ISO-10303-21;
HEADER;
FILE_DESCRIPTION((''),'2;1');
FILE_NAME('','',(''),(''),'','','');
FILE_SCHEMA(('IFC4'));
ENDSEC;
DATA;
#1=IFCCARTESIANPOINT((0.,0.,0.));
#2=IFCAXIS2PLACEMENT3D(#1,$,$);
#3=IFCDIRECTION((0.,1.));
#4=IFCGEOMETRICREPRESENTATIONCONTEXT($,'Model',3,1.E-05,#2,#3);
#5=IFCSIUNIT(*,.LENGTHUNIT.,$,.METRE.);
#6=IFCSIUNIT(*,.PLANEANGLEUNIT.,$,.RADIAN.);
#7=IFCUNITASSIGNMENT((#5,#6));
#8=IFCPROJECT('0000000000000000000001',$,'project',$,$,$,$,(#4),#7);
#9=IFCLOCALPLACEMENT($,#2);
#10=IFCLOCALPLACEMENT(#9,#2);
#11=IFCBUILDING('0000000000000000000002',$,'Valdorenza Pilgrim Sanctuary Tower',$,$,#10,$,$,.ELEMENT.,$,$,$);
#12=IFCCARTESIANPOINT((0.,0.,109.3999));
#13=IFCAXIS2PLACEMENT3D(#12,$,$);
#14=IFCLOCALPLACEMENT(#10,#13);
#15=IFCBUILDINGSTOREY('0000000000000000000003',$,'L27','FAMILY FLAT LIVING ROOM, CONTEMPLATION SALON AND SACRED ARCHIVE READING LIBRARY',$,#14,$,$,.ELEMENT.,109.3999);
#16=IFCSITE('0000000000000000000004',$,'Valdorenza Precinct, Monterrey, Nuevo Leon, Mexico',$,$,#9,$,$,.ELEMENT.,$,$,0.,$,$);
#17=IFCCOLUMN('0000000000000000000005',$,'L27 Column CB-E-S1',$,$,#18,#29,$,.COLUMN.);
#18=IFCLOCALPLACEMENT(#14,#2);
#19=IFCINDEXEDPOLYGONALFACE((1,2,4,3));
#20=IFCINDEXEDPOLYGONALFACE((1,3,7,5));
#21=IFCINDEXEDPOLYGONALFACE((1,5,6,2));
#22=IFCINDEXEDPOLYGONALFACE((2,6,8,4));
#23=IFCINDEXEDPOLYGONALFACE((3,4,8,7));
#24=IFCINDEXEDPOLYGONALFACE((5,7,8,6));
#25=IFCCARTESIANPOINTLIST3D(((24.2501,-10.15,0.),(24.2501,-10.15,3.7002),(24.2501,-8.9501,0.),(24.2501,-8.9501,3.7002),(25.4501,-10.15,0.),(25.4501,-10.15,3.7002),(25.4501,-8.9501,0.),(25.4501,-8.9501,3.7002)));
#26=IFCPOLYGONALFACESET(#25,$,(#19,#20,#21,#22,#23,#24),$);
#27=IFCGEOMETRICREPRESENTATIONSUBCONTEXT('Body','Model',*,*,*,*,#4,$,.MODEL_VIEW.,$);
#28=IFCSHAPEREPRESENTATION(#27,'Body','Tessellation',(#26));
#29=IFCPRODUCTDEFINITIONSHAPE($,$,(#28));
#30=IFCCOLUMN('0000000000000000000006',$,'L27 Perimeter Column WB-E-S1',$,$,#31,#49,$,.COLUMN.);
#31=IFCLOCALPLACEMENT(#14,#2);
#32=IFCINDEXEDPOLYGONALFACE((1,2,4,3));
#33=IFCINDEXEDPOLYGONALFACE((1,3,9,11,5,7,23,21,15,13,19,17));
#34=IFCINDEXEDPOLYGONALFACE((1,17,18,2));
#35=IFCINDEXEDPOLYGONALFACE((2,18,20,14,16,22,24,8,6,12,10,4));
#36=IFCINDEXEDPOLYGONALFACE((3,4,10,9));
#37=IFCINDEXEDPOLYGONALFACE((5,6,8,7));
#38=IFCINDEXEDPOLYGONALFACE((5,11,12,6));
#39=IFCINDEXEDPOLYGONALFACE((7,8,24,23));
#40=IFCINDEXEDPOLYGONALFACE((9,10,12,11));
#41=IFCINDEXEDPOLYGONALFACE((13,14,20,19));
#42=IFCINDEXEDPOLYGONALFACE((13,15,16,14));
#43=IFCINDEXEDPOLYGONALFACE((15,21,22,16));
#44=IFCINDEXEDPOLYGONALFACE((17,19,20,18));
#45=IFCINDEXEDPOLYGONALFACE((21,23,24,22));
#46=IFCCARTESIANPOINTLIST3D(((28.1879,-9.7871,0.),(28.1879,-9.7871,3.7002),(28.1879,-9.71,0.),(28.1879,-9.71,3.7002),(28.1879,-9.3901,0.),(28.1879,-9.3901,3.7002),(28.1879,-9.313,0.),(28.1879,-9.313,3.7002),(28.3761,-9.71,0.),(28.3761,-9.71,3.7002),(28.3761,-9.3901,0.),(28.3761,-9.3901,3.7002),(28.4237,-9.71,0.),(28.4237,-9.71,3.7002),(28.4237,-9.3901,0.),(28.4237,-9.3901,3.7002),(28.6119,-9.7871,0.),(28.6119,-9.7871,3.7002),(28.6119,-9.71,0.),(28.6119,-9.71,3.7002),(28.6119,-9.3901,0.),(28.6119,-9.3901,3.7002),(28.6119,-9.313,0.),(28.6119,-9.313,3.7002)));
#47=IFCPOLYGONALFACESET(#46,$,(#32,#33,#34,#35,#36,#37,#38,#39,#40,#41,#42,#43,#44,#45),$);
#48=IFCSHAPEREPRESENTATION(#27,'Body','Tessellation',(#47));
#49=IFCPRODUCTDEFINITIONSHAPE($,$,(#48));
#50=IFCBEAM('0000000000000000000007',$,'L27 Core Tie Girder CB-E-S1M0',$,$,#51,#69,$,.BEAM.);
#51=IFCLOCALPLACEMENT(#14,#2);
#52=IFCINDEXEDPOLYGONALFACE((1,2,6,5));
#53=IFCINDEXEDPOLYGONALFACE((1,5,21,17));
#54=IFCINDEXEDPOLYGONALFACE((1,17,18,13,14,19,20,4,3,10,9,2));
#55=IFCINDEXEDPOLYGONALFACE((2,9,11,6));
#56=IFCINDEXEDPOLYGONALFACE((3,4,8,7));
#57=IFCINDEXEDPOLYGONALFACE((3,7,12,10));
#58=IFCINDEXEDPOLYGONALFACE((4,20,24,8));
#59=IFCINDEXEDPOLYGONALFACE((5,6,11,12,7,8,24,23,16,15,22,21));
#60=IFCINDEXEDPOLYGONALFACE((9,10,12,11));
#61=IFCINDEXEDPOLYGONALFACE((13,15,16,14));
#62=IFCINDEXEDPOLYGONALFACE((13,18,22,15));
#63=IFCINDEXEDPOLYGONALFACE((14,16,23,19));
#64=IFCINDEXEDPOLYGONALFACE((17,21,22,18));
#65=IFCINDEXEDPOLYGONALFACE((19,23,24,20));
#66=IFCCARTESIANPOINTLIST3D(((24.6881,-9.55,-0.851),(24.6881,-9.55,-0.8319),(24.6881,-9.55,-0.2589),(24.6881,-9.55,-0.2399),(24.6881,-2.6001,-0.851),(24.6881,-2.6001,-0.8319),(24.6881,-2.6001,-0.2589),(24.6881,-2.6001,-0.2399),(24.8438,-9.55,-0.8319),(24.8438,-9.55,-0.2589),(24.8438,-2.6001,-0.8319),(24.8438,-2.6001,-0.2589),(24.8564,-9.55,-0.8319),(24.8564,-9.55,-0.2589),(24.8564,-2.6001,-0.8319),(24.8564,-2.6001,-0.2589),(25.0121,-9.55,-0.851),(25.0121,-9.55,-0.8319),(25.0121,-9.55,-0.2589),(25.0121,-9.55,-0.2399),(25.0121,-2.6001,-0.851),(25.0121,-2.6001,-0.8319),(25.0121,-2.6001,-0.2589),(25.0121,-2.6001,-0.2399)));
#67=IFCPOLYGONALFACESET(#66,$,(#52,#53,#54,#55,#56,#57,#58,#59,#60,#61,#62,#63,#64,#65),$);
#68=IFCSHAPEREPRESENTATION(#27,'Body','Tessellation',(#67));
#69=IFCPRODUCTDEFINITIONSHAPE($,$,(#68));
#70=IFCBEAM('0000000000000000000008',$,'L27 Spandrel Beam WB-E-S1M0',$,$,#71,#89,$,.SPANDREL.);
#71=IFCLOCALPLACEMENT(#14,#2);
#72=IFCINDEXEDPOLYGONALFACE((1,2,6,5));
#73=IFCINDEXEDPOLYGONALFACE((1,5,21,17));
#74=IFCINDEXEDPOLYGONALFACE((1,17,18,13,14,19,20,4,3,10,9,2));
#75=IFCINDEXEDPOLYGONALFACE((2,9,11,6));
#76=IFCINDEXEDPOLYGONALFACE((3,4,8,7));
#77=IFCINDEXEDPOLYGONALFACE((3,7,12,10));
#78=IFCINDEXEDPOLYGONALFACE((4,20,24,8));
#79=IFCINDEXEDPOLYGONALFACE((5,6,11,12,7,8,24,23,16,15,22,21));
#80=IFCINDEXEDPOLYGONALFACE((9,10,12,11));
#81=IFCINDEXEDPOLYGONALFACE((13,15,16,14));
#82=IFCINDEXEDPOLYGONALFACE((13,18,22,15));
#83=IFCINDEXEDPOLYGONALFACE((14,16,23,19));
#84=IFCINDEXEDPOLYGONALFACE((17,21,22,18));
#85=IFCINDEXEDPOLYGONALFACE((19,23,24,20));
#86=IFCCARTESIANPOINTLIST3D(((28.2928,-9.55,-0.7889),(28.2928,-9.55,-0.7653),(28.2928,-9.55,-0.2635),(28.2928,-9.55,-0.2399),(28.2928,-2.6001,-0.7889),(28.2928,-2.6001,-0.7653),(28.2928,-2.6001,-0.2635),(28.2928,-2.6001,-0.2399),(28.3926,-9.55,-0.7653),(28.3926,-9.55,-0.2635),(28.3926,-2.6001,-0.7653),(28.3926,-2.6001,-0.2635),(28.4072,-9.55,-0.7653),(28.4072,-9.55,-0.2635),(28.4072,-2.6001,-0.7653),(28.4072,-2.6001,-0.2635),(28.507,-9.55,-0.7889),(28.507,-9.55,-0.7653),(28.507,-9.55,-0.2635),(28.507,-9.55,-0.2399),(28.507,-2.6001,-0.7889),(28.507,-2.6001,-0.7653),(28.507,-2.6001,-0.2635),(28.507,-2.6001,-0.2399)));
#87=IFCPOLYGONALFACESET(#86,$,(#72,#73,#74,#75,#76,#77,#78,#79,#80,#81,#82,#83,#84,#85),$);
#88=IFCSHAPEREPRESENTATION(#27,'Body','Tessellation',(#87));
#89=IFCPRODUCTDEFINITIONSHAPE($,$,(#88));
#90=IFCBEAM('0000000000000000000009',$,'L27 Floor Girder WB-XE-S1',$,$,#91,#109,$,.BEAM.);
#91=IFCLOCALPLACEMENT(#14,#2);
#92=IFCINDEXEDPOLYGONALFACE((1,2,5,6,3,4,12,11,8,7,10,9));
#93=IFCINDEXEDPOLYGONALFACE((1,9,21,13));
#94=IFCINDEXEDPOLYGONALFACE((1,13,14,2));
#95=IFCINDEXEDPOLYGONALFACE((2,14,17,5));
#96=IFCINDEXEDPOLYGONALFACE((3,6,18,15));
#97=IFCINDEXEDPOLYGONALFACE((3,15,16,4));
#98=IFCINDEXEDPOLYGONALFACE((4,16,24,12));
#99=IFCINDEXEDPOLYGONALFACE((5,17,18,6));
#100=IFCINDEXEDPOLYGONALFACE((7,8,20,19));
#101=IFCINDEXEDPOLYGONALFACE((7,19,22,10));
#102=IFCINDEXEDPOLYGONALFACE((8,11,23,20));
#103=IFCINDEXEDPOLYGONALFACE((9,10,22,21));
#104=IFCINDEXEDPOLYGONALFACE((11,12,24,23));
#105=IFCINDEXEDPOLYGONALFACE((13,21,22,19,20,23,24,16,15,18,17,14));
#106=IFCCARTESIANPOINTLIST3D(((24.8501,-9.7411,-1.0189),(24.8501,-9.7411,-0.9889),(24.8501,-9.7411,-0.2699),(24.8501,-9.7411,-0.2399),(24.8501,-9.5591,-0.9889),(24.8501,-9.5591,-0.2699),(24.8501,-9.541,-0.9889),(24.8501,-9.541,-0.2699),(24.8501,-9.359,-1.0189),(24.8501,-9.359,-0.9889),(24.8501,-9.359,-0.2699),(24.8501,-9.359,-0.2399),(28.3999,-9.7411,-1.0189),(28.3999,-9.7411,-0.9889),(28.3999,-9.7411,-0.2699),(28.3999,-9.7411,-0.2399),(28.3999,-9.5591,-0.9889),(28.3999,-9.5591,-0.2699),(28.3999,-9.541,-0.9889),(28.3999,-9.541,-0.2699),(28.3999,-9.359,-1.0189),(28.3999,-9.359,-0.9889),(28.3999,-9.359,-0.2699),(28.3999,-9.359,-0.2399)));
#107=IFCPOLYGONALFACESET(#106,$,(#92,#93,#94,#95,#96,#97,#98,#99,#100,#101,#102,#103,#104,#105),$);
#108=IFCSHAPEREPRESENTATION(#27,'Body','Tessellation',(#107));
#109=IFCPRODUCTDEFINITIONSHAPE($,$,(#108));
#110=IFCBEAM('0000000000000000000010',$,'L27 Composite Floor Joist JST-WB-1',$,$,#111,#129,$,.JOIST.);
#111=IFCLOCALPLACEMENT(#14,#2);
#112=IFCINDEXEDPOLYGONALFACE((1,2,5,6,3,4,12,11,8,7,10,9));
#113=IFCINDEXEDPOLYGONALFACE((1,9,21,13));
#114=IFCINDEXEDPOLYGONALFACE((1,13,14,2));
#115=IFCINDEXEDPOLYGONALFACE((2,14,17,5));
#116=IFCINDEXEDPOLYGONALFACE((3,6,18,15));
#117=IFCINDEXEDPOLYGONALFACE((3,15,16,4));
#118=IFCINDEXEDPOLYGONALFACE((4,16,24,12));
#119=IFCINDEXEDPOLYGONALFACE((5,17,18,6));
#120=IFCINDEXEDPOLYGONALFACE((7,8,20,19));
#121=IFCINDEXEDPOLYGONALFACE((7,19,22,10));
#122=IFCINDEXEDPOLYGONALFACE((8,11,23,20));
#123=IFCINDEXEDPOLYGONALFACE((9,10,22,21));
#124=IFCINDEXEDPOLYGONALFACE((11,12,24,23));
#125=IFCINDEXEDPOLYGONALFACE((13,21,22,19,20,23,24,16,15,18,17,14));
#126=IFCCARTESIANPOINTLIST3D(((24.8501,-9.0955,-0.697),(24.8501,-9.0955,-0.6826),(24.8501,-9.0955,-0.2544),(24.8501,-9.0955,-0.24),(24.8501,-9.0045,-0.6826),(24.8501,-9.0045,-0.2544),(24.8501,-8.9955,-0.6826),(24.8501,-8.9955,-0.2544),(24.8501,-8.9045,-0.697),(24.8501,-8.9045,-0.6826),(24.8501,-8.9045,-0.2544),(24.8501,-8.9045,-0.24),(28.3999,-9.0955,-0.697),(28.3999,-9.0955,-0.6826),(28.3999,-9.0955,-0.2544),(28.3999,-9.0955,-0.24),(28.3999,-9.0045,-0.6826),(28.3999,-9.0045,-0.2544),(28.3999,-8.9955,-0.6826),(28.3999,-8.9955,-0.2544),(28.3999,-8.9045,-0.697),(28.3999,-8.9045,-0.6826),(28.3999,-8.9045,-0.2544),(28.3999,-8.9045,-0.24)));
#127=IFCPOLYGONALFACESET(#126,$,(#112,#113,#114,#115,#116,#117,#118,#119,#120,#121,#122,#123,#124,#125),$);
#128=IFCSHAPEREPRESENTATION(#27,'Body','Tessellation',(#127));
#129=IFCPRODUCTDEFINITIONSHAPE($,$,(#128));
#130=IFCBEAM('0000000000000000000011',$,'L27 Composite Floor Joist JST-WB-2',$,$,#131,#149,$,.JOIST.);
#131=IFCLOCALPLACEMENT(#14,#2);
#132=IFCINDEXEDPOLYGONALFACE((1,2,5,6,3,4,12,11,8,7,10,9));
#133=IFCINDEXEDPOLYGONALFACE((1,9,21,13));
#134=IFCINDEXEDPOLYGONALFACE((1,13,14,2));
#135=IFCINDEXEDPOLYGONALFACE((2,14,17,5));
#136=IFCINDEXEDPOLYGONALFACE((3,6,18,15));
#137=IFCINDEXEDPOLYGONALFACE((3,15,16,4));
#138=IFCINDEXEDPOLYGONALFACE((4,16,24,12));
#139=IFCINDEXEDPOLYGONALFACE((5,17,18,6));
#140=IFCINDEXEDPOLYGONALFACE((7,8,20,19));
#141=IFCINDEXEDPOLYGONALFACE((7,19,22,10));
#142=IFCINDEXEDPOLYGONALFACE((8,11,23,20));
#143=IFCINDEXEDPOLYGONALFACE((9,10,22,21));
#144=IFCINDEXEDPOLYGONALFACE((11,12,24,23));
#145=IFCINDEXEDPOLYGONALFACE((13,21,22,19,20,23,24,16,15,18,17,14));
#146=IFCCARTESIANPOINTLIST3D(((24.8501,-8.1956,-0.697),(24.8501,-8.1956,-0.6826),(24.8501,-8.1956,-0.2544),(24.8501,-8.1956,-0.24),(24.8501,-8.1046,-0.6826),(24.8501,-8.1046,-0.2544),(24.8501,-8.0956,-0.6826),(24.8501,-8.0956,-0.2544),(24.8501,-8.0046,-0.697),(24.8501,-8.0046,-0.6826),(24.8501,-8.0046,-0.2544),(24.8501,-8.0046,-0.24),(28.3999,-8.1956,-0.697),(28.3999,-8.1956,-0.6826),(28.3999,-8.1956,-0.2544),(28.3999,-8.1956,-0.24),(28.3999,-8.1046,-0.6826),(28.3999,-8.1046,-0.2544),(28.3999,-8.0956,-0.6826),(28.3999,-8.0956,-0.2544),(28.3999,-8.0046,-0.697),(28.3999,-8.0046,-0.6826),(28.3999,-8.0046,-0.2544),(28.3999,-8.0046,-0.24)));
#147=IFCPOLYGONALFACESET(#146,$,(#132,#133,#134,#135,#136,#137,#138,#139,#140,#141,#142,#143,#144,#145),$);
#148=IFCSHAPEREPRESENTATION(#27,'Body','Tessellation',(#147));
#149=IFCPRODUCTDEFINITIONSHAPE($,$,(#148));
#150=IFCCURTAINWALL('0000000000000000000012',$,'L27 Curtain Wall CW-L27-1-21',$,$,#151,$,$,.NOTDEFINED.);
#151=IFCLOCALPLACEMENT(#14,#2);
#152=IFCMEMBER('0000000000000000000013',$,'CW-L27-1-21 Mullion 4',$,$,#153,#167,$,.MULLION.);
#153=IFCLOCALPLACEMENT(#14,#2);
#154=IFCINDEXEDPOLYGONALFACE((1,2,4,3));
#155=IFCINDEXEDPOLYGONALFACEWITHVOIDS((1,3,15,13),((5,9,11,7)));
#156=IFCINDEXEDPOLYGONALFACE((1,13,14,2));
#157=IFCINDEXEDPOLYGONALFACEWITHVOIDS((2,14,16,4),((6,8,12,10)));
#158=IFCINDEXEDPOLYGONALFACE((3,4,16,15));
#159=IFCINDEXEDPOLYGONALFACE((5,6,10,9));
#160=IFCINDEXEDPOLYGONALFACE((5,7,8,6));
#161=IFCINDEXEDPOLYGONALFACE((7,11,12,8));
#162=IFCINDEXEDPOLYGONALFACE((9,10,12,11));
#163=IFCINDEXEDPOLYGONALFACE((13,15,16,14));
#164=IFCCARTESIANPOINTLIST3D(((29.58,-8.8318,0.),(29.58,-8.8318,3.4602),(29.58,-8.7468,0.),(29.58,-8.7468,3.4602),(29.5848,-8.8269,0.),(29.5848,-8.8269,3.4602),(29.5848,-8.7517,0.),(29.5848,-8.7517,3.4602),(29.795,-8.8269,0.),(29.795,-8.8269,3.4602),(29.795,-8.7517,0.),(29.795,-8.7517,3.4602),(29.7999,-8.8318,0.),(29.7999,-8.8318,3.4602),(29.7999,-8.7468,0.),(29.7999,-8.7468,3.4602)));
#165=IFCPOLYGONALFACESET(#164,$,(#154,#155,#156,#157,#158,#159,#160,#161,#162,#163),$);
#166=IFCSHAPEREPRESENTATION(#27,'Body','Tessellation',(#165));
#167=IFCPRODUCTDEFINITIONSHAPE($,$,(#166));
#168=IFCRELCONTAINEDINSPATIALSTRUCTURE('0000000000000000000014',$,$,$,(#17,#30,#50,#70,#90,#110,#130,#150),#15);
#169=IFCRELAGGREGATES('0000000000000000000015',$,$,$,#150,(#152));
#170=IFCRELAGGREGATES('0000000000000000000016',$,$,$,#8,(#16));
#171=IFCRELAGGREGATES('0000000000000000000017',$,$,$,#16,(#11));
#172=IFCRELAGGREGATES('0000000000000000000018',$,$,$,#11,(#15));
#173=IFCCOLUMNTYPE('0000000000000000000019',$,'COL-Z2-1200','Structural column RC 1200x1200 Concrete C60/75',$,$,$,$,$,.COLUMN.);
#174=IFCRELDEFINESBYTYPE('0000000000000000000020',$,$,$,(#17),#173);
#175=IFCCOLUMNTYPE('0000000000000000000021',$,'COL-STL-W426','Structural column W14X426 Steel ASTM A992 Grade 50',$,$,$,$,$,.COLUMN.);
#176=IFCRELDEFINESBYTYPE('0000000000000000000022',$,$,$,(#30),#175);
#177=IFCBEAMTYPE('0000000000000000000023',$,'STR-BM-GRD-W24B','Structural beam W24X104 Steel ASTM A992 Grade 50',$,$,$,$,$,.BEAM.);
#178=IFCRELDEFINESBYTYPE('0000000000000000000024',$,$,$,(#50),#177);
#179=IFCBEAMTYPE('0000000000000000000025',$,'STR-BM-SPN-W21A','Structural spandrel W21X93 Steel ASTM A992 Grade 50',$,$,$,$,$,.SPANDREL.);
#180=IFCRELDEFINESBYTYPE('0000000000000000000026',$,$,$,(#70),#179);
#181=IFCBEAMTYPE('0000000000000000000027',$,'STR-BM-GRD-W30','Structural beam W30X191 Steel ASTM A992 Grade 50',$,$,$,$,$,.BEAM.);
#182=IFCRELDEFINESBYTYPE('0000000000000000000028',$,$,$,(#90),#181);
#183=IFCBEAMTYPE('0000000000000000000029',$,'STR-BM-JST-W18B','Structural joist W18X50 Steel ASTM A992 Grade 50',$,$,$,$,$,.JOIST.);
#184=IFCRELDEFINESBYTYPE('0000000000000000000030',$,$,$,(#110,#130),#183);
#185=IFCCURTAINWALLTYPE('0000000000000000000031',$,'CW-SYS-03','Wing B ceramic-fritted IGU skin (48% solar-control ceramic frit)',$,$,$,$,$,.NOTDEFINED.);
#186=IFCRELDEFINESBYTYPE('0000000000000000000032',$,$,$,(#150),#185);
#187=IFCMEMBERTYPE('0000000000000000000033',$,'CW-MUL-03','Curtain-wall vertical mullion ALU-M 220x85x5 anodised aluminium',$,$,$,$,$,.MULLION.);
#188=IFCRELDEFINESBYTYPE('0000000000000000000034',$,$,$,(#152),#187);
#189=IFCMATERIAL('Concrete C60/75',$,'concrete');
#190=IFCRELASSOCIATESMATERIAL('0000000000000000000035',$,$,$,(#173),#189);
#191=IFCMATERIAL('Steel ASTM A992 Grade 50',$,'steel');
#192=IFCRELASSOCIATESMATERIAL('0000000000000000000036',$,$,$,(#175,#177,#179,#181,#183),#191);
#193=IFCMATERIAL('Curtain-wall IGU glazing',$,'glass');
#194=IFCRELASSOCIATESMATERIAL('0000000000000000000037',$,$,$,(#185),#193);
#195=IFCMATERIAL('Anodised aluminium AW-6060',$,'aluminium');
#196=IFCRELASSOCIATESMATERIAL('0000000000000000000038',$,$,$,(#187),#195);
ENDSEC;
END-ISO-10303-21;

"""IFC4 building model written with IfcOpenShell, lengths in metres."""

from ifc_helpers import new_model, si_unit, direction, frame, origin, origin_2d, place, context, subcontext, project, spatial, rectangle, hollow_rectangle, i_section, extrude, source, transform, mapped, material, material_profile, profile_set, type_object, element, aggregate, save


model = new_model("IFC4")

# Units and contexts
model_context = context("Model", 3, precision=1e-05, world=origin(), true_north=direction((0.0, 1.0)))
body_context = subcontext(model_context, "Body", "Model", "MODEL_VIEW")
ifc_project = project(units=[si_unit("LENGTHUNIT", "METRE"), si_unit("PLANEANGLEUNIT", "RADIAN")], contexts=[model_context])

# Site, building, storey
site_placement = place(None, origin())
site = spatial("IfcSite", under=ifc_project, at=site_placement, Name="Valdorenza Precinct, Monterrey, Nuevo Leon, Mexico", CompositionType="ELEMENT", RefElevation=0.0)
building_placement = place(site_placement, origin())
building = spatial("IfcBuilding", under=site, at=building_placement, Name="Valdorenza Pilgrim Sanctuary Tower", CompositionType="ELEMENT")
storey_placement = place(building_placement, frame((0.0, 0.0, 109.3999)))
storey = spatial("IfcBuildingStorey", under=building, at=storey_placement, Name="L27", Description="FAMILY FLAT LIVING ROOM, CONTEMPLATION SALON AND SACRED ARCHIVE READING LIBRARY", CompositionType="ELEMENT", Elevation=109.3999)

# Columns
ifc_material_1 = material(Name="Concrete C60/75", Category="concrete")
ifc_material_profile_1 = material_profile(ifc_material_1, rectangle(XDim=1.2, YDim=1.2, at=origin_2d()), Name="RC 1200x1200")
ifc_profile_set_1 = profile_set([ifc_material_profile_1], Name="Concrete C60/75")
column_type_1 = type_object("IfcColumnType", Name="COL-Z2-1200", Description="Structural column RC 1200x1200 Concrete C60/75", PredefinedType="COLUMN", material=ifc_profile_set_1)
shared_shape_1 = source(origin(), body_context, "Body", "SweptSolid", [
    extrude(rectangle(XDim=1.2, YDim=1.2, at=origin_2d()), origin(), (0.0, 0.0, 1.0), 3.7002),
])
column_1_placement = place(storey_placement, frame((24.8501, -9.55, 0.0), z_axis=(0.0, 0.0, 1.0), x_axis=(1.0, 0.0, 0.0)))
element("IfcColumn", 1, at=column_1_placement, inside=storey, type_object=column_type_1, Name="L27 Column CB-E-S1", PredefinedType="COLUMN", context=body_context, shape_type="MappedRepresentation", body=[
    mapped(shared_shape_1, transform((0.0, 0.0, 0.0), x_axis=(1.0, 0.0, 0.0), y_axis=(0.0, 1.0, 0.0), z_axis=(0.0, 0.0, 1.0), scale=1.0)),
])
ifc_material_2 = material(Name="Steel ASTM A992 Grade 50", Category="steel")
ifc_material_profile_2 = material_profile(ifc_material_2, i_section(OverallWidth=0.4241, OverallDepth=0.4741, WebThickness=0.0476, FlangeThickness=0.0771, at=origin_2d()), Name="W14X426")
ifc_profile_set_2 = profile_set([ifc_material_profile_2], Name="Steel ASTM A992 Grade 50")
column_type_2 = type_object("IfcColumnType", Name="COL-STL-W426", Description="Structural column W14X426 Steel ASTM A992 Grade 50", PredefinedType="COLUMN", material=ifc_profile_set_2)
shared_shape_2 = source(origin(), body_context, "Body", "SweptSolid", [
    extrude(i_section(OverallWidth=0.4241, OverallDepth=0.4741, WebThickness=0.0476, FlangeThickness=0.0771, at=origin_2d()), origin(), (0.0, 0.0, 1.0), 3.7002),
])
column_2_placement = place(storey_placement, frame((28.3999, -9.55, 0.0), z_axis=(0.0, 0.0, 1.0), x_axis=(1.0, 0.0, 0.0)))
element("IfcColumn", 2, at=column_2_placement, inside=storey, type_object=column_type_2, Name="L27 Perimeter Column WB-E-S1", PredefinedType="COLUMN", context=body_context, shape_type="MappedRepresentation", body=[
    mapped(shared_shape_2, transform((0.0, 0.0, 0.0), x_axis=(1.0, 0.0, 0.0), y_axis=(0.0, 1.0, 0.0), z_axis=(0.0, 0.0, 1.0), scale=1.0)),
])

# Beams
ifc_material_profile_3 = material_profile(ifc_material_2, i_section(OverallWidth=0.324, OverallDepth=0.6111, WebThickness=0.0127, FlangeThickness=0.019, at=origin_2d()), Name="W24X104")
ifc_profile_set_3 = profile_set([ifc_material_profile_3], Name="Steel ASTM A992 Grade 50")
beam_type_1 = type_object("IfcBeamType", Name="STR-BM-GRD-W24B", Description="Structural beam W24X104 Steel ASTM A992 Grade 50", PredefinedType="BEAM", material=ifc_profile_set_3)
shared_shape_3 = source(origin(), body_context, "Body", "SweptSolid", [
    extrude(i_section(OverallWidth=0.324, OverallDepth=0.6111, WebThickness=0.0127, FlangeThickness=0.019, at=origin_2d()), origin(), (0.0, 0.0, 1.0), 6.95),
])
beam_1_placement = place(storey_placement, frame((24.8501, -9.55, -0.5454), z_axis=(0.0, 1.0, 0.0), x_axis=(-1.0, 0.0, 0.0)))
element("IfcBeam", 3, at=beam_1_placement, inside=storey, type_object=beam_type_1, Name="L27 Core Tie Girder CB-E-S1M0", PredefinedType="BEAM", context=body_context, shape_type="MappedRepresentation", body=[
    mapped(shared_shape_3, transform((0.0, 0.0, 0.0), x_axis=(1.0, 0.0, 0.0), y_axis=(0.0, 1.0, 0.0), z_axis=(0.0, 0.0, 1.0), scale=1.0)),
])
ifc_material_profile_4 = material_profile(ifc_material_2, i_section(OverallWidth=0.2141, OverallDepth=0.5491, WebThickness=0.0146, FlangeThickness=0.0237, at=origin_2d()), Name="W21X93")
ifc_profile_set_4 = profile_set([ifc_material_profile_4], Name="Steel ASTM A992 Grade 50")
beam_type_2 = type_object("IfcBeamType", Name="STR-BM-SPN-W21A", Description="Structural spandrel W21X93 Steel ASTM A992 Grade 50", PredefinedType="SPANDREL", material=ifc_profile_set_4)
shared_shape_4 = source(origin(), body_context, "Body", "SweptSolid", [
    extrude(i_section(OverallWidth=0.2141, OverallDepth=0.5491, WebThickness=0.0146, FlangeThickness=0.0237, at=origin_2d()), origin(), (0.0, 0.0, 1.0), 6.95),
])
beam_2_placement = place(storey_placement, frame((28.3999, -9.55, -0.5144), z_axis=(0.0, 1.0, 0.0), x_axis=(-1.0, 0.0, 0.0)))
element("IfcBeam", 4, at=beam_2_placement, inside=storey, type_object=beam_type_2, Name="L27 Spandrel Beam WB-E-S1M0", PredefinedType="SPANDREL", context=body_context, shape_type="MappedRepresentation", body=[
    mapped(shared_shape_4, transform((0.0, 0.0, 0.0), x_axis=(1.0, 0.0, 0.0), y_axis=(0.0, 1.0, 0.0), z_axis=(0.0, 0.0, 1.0), scale=1.0)),
])
ifc_material_profile_5 = material_profile(ifc_material_2, i_section(OverallWidth=0.3821, OverallDepth=0.7791, WebThickness=0.0181, FlangeThickness=0.03, at=origin_2d()), Name="W30X191")
ifc_profile_set_5 = profile_set([ifc_material_profile_5], Name="Steel ASTM A992 Grade 50")
beam_type_3 = type_object("IfcBeamType", Name="STR-BM-GRD-W30", Description="Structural beam W30X191 Steel ASTM A992 Grade 50", PredefinedType="BEAM", material=ifc_profile_set_5)
shared_shape_5 = source(origin(), body_context, "Body", "SweptSolid", [
    extrude(i_section(OverallWidth=0.3821, OverallDepth=0.7791, WebThickness=0.0181, FlangeThickness=0.03, at=origin_2d()), origin(), (0.0, 0.0, 1.0), 3.5498),
])
beam_3_placement = place(storey_placement, frame((24.8501, -9.55, -0.6294), z_axis=(1.0, 0.0, 0.0), x_axis=(0.0, 1.0, 0.0)))
element("IfcBeam", 5, at=beam_3_placement, inside=storey, type_object=beam_type_3, Name="L27 Floor Girder WB-XE-S1", PredefinedType="BEAM", context=body_context, shape_type="MappedRepresentation", body=[
    mapped(shared_shape_5, transform((0.0, 0.0, 0.0), x_axis=(1.0, 0.0, 0.0), y_axis=(0.0, 1.0, 0.0), z_axis=(0.0, 0.0, 1.0), scale=1.0)),
])
ifc_material_profile_6 = material_profile(ifc_material_2, i_section(OverallWidth=0.1909, OverallDepth=0.457, WebThickness=0.009, FlangeThickness=0.0144, at=origin_2d()), Name="W18X50")
ifc_profile_set_6 = profile_set([ifc_material_profile_6], Name="Steel ASTM A992 Grade 50")
beam_type_4 = type_object("IfcBeamType", Name="STR-BM-JST-W18B", Description="Structural joist W18X50 Steel ASTM A992 Grade 50", PredefinedType="JOIST", material=ifc_profile_set_6)
shared_shape_6 = source(origin(), body_context, "Body", "SweptSolid", [
    extrude(i_section(OverallWidth=0.1909, OverallDepth=0.457, WebThickness=0.009, FlangeThickness=0.0144, at=origin_2d()), origin(), (0.0, 0.0, 1.0), 3.5498),
])
for number, where, z_axis, x_axis, name in (
    (6, (24.8501, -9.0, -0.4685), (1.0, 0.0, 0.0), (0.0, 1.0, 0.0), "L27 Composite Floor Joist JST-WB-1"),
    (7, (24.8501, -8.1001, -0.4685), (1.0, 0.0, 0.0), (0.0, 1.0, 0.0), "L27 Composite Floor Joist JST-WB-2"),
):
    element("IfcBeam", number, at=place(storey_placement, frame(where, z_axis=z_axis, x_axis=x_axis)), inside=storey, type_object=beam_type_4, Name=name, PredefinedType="JOIST", context=body_context, shape_type="MappedRepresentation", body=[
        mapped(shared_shape_6, transform((0.0, 0.0, 0.0), x_axis=(1.0, 0.0, 0.0), y_axis=(0.0, 1.0, 0.0), z_axis=(0.0, 0.0, 1.0), scale=1.0)),
    ])

# Curtain wall, member
ifc_material_3 = material(Name="Curtain-wall IGU glazing", Category="glass")
curtain_wall_type = type_object("IfcCurtainWallType", Name="CW-SYS-03", Description="Wing B ceramic-fritted IGU skin (48% solar-control ceramic frit)", PredefinedType="NOTDEFINED", material=ifc_material_3)
curtain_wall_1_placement = place(storey_placement, origin())
curtain_wall_1 = element("IfcCurtainWall", 8, at=curtain_wall_1_placement, inside=storey, type_object=curtain_wall_type, Name="L27 Curtain Wall CW-L27-1-21", PredefinedType="NOTDEFINED")
ifc_material_4 = material(Name="Anodised aluminium AW-6060", Category="aluminium")
ifc_material_profile_7 = material_profile(ifc_material_4, hollow_rectangle(XDim=0.085, YDim=0.22, WallThickness=0.0049, at=origin_2d()), Name="ALU-M 220x85x5")
ifc_profile_set_7 = profile_set([ifc_material_profile_7], Name="Anodised aluminium AW-6060")
member_type_1 = type_object("IfcMemberType", Name="CW-MUL-03", Description="Curtain-wall vertical mullion ALU-M 220x85x5 anodised aluminium", PredefinedType="MULLION", material=ifc_profile_set_7)
shared_shape_7 = source(origin(), body_context, "Body", "SweptSolid", [
    extrude(hollow_rectangle(XDim=0.085, YDim=0.22, WallThickness=0.0049, at=origin_2d()), origin(), (0.0, 0.0, 1.0), 3.4602),
])
member_1_placement = place(storey_placement, frame((29.6899, -8.7893, 0.0), z_axis=(0.0, 0.0, 1.0), x_axis=(0.0, -1.0, 0.0)))
member_1 = element("IfcMember", 9, at=member_1_placement, type_object=member_type_1, Name="CW-L27-1-21 Mullion 4", PredefinedType="MULLION", context=body_context, shape_type="MappedRepresentation", body=[
    mapped(shared_shape_7, transform((0.0, 0.0, 0.0), x_axis=(1.0, 0.0, 0.0), y_axis=(0.0, 1.0, 0.0), z_axis=(0.0, 0.0, 1.0), scale=1.0)),
])
aggregate(curtain_wall_1, [member_1])

save(model, "model.ifc")
